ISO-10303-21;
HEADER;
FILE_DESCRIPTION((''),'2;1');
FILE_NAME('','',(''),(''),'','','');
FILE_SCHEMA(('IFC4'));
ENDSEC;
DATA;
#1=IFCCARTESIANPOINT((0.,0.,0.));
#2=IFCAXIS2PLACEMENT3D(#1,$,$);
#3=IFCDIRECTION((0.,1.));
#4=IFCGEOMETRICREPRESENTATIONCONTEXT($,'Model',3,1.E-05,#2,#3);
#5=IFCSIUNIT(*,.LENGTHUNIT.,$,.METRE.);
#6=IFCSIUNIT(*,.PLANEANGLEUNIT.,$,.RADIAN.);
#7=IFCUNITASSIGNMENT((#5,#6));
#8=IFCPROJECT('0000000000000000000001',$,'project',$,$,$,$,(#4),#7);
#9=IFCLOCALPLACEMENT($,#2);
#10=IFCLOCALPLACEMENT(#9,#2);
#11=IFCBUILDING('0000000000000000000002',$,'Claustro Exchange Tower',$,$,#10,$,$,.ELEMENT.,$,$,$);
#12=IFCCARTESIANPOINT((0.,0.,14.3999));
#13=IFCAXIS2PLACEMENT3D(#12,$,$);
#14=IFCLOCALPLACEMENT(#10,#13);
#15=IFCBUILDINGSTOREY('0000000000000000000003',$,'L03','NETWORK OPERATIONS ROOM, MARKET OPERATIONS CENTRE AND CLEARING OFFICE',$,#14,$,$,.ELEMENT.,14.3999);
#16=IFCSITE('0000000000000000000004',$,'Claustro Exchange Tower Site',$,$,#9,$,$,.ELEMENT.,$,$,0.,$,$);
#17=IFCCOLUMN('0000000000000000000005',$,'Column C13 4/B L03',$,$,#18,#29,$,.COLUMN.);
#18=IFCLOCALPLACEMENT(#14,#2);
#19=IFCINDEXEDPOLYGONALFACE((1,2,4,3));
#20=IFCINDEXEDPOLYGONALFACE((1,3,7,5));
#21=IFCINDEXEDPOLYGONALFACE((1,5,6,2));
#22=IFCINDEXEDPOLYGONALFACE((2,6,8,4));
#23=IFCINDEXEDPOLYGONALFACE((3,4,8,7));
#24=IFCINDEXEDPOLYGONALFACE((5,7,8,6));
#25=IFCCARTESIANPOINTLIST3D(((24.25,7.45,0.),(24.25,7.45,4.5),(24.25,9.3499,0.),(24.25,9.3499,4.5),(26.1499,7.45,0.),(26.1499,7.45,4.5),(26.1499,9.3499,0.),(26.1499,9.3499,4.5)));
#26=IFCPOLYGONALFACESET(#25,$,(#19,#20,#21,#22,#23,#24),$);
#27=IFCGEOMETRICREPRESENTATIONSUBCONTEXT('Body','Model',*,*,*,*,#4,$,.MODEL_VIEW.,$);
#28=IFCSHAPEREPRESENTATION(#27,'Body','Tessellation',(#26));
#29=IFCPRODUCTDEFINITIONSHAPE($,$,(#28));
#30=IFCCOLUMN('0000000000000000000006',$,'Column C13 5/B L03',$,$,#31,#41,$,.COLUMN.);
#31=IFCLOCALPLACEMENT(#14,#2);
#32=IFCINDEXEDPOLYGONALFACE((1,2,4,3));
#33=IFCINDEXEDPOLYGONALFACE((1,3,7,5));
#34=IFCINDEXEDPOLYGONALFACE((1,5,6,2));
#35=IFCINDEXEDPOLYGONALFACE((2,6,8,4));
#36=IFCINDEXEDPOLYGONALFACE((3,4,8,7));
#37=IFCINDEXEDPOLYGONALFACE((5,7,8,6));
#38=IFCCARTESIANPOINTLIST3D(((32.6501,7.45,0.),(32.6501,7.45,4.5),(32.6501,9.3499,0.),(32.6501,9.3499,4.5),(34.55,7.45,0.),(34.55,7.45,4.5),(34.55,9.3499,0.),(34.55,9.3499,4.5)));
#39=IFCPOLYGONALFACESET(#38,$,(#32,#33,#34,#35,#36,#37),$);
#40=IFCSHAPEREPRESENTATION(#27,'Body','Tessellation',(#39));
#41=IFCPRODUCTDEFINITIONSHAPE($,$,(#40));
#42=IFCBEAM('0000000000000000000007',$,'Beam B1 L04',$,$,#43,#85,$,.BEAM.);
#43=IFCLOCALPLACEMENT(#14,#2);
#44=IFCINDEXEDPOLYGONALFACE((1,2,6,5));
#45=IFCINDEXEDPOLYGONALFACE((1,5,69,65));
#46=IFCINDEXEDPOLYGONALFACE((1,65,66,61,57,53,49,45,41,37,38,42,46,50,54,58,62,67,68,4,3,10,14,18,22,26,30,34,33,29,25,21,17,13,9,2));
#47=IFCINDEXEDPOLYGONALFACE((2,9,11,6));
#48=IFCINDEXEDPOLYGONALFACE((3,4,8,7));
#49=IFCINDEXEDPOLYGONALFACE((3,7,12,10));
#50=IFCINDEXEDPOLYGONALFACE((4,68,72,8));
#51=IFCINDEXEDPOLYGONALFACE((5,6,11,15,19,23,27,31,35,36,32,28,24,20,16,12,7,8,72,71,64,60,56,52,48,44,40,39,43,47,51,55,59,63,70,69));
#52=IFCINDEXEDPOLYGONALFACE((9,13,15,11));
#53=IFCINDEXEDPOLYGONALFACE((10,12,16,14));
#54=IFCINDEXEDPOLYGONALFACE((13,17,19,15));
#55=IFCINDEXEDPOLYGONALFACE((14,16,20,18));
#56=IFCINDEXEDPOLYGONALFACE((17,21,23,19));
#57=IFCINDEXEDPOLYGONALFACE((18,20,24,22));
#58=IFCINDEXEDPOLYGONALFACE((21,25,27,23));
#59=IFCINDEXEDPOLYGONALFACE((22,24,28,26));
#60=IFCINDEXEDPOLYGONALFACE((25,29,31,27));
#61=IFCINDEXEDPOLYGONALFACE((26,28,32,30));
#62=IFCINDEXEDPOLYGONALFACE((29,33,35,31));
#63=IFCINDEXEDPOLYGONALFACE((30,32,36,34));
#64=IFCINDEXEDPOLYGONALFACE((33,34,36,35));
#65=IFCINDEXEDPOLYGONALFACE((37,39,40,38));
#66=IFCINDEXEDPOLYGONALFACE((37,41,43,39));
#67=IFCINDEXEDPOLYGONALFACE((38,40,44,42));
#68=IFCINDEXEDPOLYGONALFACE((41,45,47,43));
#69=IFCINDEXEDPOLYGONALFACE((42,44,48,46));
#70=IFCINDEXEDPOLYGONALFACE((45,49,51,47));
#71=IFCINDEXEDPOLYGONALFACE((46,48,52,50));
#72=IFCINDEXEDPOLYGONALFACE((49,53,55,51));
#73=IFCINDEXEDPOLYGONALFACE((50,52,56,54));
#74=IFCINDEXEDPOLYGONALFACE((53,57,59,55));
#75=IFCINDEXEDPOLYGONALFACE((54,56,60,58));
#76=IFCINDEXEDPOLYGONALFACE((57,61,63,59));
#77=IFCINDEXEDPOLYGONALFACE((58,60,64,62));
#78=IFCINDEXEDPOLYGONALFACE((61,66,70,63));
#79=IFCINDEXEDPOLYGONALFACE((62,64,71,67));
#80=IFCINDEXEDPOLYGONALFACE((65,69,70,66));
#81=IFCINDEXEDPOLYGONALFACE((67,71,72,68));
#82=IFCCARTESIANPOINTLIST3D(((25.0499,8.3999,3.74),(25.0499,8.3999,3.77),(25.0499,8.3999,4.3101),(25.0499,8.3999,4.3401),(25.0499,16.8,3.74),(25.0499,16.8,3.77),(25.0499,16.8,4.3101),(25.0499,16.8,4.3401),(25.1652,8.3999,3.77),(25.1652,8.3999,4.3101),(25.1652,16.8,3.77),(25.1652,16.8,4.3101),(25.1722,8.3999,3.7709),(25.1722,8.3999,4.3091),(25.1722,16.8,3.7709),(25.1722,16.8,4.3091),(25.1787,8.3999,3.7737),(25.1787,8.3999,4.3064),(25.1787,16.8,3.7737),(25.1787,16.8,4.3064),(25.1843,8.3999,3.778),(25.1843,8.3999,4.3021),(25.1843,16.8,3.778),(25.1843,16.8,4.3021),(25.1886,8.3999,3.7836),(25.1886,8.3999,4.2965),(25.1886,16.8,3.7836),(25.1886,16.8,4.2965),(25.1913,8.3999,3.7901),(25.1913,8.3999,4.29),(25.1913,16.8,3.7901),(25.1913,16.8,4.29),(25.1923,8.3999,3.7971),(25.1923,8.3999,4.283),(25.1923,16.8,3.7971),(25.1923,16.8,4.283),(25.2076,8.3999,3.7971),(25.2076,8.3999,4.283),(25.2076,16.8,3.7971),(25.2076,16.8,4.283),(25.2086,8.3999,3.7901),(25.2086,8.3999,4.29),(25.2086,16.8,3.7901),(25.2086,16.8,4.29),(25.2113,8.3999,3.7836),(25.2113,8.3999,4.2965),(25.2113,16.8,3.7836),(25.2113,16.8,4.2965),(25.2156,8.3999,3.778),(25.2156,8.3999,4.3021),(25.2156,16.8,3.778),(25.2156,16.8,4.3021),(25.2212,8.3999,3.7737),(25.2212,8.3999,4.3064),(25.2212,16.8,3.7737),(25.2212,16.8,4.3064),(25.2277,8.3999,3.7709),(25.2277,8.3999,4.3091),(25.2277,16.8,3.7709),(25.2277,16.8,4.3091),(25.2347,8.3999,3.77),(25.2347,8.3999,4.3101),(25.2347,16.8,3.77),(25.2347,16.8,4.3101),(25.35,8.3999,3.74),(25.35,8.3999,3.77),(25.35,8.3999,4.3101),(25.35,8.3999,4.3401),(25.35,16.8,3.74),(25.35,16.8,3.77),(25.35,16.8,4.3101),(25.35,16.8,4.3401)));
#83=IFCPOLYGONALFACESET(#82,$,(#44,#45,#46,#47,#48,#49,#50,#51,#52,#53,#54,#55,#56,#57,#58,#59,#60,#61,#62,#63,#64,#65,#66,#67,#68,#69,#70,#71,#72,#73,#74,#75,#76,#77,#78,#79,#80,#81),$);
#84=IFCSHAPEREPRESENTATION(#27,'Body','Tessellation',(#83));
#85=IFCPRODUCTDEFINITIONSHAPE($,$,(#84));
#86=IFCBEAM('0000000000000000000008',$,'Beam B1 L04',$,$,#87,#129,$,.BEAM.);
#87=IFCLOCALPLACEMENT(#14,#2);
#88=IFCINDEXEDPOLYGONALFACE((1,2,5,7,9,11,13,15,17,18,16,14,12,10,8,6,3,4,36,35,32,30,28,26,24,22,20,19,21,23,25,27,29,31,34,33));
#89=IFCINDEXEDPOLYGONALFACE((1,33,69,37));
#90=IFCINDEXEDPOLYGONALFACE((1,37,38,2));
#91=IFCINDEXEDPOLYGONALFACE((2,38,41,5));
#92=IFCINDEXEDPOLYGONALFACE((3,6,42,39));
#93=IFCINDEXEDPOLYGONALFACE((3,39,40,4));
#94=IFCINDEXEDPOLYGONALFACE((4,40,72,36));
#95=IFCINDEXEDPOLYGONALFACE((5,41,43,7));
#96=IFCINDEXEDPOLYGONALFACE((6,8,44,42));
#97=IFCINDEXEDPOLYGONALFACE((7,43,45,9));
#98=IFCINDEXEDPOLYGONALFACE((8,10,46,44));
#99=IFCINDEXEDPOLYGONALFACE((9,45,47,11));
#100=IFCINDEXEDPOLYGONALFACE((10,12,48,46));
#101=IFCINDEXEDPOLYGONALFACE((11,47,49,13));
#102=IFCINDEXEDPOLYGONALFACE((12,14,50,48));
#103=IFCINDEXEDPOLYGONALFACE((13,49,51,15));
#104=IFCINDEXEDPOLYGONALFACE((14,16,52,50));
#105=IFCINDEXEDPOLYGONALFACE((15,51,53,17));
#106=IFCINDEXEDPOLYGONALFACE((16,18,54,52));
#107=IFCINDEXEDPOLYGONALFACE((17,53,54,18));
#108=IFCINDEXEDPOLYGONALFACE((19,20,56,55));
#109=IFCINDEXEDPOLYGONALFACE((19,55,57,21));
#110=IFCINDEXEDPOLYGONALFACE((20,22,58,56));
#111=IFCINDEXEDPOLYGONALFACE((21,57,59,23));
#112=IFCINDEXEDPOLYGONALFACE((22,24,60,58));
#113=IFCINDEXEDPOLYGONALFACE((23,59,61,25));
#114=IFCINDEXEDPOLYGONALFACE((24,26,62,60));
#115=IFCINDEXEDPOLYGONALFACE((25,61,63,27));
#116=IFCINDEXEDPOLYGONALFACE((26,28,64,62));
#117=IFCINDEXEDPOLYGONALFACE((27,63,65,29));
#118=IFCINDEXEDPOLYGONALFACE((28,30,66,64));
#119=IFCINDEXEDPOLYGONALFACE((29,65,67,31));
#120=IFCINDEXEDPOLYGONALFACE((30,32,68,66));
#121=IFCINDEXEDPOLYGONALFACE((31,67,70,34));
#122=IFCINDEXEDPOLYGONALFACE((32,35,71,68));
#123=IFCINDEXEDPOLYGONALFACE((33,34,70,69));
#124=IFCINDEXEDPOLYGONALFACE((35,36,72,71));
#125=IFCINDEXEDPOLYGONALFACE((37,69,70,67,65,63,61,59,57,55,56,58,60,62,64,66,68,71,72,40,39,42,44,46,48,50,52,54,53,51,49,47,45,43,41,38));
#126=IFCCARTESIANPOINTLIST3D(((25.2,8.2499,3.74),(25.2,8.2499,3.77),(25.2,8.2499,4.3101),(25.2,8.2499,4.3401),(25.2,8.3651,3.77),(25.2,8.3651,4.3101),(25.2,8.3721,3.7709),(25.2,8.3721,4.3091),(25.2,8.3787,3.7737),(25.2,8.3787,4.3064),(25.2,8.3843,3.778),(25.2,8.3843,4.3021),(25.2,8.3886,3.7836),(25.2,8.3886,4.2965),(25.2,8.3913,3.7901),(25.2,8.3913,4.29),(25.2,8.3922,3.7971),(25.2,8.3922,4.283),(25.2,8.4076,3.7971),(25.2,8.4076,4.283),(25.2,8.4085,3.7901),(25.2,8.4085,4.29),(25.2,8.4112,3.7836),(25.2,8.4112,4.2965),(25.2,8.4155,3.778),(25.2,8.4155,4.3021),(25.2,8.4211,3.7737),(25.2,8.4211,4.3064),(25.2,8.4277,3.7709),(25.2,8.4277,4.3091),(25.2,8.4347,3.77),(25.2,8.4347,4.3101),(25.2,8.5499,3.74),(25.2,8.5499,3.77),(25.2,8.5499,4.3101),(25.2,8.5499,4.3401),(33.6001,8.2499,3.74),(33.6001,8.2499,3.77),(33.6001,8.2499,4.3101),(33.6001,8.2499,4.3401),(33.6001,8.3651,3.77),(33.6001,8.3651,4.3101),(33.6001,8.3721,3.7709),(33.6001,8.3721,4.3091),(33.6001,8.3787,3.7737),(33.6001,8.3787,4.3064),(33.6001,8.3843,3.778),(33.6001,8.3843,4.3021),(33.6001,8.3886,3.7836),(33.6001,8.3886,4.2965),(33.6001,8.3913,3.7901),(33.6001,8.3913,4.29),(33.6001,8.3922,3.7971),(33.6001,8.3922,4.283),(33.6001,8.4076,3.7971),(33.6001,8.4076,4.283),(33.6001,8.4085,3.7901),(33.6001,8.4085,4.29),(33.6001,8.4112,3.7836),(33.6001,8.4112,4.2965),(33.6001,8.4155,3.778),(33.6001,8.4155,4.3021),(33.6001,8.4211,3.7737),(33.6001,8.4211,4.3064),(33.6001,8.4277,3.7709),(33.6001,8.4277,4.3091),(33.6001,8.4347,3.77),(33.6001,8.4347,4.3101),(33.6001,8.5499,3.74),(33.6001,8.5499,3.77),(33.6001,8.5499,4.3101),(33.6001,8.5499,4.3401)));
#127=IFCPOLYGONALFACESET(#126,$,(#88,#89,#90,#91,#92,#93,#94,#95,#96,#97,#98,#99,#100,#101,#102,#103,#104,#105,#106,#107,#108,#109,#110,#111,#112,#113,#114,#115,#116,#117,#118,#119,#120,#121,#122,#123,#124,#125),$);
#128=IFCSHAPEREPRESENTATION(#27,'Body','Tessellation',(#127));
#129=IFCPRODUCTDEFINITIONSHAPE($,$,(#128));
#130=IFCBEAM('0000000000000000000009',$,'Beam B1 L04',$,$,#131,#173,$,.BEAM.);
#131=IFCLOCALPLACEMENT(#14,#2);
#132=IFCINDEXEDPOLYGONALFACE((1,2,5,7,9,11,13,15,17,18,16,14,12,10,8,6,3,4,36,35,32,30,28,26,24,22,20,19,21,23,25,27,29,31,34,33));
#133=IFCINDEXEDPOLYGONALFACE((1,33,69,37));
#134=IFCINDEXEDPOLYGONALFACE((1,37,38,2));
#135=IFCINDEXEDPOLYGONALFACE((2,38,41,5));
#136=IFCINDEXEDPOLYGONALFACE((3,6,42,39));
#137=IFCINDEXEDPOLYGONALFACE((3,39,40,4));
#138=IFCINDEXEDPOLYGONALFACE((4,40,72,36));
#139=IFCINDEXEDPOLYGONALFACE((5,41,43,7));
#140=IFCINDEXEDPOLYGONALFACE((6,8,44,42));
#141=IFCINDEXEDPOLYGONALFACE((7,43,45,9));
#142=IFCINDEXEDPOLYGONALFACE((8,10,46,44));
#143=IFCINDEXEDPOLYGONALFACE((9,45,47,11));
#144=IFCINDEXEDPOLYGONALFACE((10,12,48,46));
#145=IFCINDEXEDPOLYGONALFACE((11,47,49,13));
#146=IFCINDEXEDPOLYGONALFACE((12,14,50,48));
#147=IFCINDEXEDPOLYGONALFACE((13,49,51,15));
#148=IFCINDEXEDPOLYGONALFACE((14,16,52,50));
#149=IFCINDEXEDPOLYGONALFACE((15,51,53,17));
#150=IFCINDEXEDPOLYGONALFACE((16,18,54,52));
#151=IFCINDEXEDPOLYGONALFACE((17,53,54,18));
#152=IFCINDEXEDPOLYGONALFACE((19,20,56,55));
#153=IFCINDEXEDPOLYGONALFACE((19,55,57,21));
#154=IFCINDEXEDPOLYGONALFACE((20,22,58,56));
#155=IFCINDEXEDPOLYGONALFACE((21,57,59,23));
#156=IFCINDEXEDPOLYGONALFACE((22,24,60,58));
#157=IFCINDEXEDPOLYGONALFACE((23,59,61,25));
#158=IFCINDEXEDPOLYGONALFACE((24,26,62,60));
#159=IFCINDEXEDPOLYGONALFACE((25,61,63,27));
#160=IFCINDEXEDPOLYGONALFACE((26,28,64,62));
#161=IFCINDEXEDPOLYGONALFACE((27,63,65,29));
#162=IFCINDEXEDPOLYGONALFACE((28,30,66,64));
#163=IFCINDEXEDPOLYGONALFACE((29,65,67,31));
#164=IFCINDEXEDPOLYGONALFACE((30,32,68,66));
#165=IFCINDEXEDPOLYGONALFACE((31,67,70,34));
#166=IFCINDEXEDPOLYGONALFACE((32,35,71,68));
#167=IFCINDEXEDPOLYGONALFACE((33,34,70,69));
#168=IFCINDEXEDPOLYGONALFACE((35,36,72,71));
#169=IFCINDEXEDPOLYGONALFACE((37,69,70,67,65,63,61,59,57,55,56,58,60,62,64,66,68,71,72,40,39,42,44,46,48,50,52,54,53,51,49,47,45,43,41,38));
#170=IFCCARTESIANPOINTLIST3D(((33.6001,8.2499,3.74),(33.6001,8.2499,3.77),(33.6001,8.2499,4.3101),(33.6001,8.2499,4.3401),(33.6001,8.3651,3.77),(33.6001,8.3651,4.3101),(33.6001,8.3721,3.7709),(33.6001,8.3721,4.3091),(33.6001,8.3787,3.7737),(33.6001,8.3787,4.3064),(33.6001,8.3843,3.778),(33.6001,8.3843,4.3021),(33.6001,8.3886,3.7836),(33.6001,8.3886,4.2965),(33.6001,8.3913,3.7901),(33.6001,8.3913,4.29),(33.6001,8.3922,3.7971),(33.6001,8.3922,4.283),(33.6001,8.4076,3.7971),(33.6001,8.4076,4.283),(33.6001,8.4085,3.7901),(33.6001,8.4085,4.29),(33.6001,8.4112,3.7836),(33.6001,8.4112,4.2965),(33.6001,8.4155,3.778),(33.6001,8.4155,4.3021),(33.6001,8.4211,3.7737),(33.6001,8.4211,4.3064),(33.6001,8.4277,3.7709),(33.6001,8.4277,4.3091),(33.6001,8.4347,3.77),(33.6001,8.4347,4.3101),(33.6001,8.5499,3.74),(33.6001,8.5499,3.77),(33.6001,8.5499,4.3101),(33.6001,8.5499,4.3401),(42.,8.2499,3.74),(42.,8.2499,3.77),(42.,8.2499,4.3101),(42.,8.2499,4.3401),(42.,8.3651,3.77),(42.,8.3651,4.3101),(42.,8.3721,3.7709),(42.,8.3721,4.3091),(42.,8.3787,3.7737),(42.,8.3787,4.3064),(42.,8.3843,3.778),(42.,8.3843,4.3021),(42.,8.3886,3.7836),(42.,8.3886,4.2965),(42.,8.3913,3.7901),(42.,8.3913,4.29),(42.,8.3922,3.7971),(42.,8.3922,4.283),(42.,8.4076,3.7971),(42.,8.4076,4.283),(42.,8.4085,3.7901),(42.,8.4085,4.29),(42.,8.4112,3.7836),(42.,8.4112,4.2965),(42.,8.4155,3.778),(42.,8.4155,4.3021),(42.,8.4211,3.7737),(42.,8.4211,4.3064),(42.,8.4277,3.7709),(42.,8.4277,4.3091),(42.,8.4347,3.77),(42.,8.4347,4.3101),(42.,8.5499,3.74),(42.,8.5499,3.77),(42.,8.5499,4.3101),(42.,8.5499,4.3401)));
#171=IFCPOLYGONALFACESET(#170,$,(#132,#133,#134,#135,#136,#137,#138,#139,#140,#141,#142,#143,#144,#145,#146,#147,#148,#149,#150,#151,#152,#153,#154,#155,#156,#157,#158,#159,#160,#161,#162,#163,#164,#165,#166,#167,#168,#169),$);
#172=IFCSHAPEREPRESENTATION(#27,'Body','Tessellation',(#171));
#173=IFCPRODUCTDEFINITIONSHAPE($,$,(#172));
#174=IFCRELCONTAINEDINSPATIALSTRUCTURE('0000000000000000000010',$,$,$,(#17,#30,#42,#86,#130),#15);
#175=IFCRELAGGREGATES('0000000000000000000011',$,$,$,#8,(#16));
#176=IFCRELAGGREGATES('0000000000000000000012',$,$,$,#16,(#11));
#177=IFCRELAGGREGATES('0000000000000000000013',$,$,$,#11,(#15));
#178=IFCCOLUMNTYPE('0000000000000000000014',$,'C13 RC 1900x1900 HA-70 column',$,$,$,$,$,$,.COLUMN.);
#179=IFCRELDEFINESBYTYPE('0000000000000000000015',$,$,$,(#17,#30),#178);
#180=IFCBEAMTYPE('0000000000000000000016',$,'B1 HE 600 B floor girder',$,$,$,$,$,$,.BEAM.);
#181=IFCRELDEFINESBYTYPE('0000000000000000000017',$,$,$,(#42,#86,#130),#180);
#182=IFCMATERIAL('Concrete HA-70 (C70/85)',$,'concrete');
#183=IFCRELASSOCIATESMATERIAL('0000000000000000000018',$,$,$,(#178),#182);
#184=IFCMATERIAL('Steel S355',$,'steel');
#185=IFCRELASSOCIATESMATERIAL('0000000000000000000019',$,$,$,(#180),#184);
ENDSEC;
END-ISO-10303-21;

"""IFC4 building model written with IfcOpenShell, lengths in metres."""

from ifc_helpers import new_model, si_unit, direction, frame, origin, origin_2d, place, context, subcontext, project, spatial, rectangle, i_section, extrude, material, material_profile, profile_set, type_object, element, save


model = new_model("IFC4")

# Units and contexts
model_context = context("Model", 3, precision=1e-05, world=origin(), true_north=direction((0.0, 1.0)))
body_context = subcontext(model_context, "Body", "Model", "MODEL_VIEW")
ifc_project = project(units=[si_unit("LENGTHUNIT", "METRE"), si_unit("PLANEANGLEUNIT", "RADIAN")], contexts=[model_context])

# Site, building, storey
site_placement = place(None, origin())
site = spatial("IfcSite", under=ifc_project, at=site_placement, Name="Claustro Exchange Tower Site", CompositionType="ELEMENT", RefElevation=0.0)
building_placement = place(site_placement, origin())
building = spatial("IfcBuilding", under=site, at=building_placement, Name="Claustro Exchange Tower", CompositionType="ELEMENT")
storey_placement = place(building_placement, frame((0.0, 0.0, 14.3999)))
storey = spatial("IfcBuildingStorey", under=building, at=storey_placement, Name="L03", Description="NETWORK OPERATIONS ROOM, MARKET OPERATIONS CENTRE AND CLEARING OFFICE", CompositionType="ELEMENT", Elevation=14.3999)

# Columns
ifc_material_1 = material(Name="Concrete HA-70 (C70/85)", Category="concrete")
ifc_material_profile_1 = material_profile(ifc_material_1, rectangle(XDim=1.8999, YDim=1.8999, at=origin_2d()), Name="RC 1900x1900")
ifc_profile_set_1 = profile_set([ifc_material_profile_1], Name="Concrete HA-70 (C70/85)")
column_type = type_object("IfcColumnType", Name="C13 RC 1900x1900 HA-70 column", PredefinedType="COLUMN", material=ifc_profile_set_1)
for number, where, z_axis, x_axis, name in (
    (1, (25.2, 8.3999, 0.0), (0.0, 0.0, 1.0), (1.0, 0.0, 0.0), "Column C13 4/B L03"),
    (2, (33.6001, 8.3999, 0.0), (0.0, 0.0, 1.0), (1.0, 0.0, 0.0), "Column C13 5/B L03"),
):
    element("IfcColumn", number, at=place(storey_placement, frame(where, z_axis=z_axis, x_axis=x_axis)), inside=storey, type_object=column_type, Name=name, PredefinedType="COLUMN", context=body_context, shape_type="SweptSolid", body=[
        extrude(rectangle(XDim=1.8999, YDim=1.8999, at=origin_2d()), origin(), (0.0, 0.0, 1.0), 4.5),
    ])

# Beams
ifc_material_2 = material(Name="Steel S355", Category="steel")
ifc_material_profile_2 = material_profile(ifc_material_2, i_section(OverallWidth=0.3, OverallDepth=0.6001, WebThickness=0.0154, FlangeThickness=0.03, FilletRadius=0.0271, at=origin_2d()), Name="HE 600 B")
ifc_profile_set_2 = profile_set([ifc_material_profile_2], Name="Steel S355")
beam_type_1 = type_object("IfcBeamType", Name="B1 HE 600 B floor girder", PredefinedType="BEAM", material=ifc_profile_set_2)
for number, where, z_axis, x_axis, name in (
    (3, (25.2, 8.3999, 4.04), (0.0, 1.0, 0.0), (-1.0, 0.0, 0.0), "Beam B1 L04"),
    (4, (25.2, 8.3999, 4.04), (1.0, 0.0, 0.0), (0.0, 1.0, 0.0), "Beam B1 L04"),
):
    element("IfcBeam", number, at=place(storey_placement, frame(where, z_axis=z_axis, x_axis=x_axis)), inside=storey, type_object=beam_type_1, Name=name, PredefinedType="BEAM", context=body_context, shape_type="SweptSolid", body=[
        extrude(i_section(OverallWidth=0.3, OverallDepth=0.6001, WebThickness=0.0154, FlangeThickness=0.03, FilletRadius=0.0271, at=origin_2d()), origin(), (0.0, 0.0, 1.0), 8.4001),
    ])
beam_1_placement = place(storey_placement, frame((33.6001, 8.3999, 4.04), z_axis=(1.0, 0.0, 0.0), x_axis=(0.0, 1.0, 0.0)))
element("IfcBeam", 5, at=beam_1_placement, inside=storey, type_object=beam_type_1, Name="Beam B1 L04", PredefinedType="BEAM", context=body_context, shape_type="SweptSolid", body=[
    extrude(i_section(OverallWidth=0.3, OverallDepth=0.6001, WebThickness=0.0154, FlangeThickness=0.03, FilletRadius=0.0271, at=origin_2d()), origin(), (0.0, 0.0, 1.0), 8.3999),
])

save(model, "model.ifc")
